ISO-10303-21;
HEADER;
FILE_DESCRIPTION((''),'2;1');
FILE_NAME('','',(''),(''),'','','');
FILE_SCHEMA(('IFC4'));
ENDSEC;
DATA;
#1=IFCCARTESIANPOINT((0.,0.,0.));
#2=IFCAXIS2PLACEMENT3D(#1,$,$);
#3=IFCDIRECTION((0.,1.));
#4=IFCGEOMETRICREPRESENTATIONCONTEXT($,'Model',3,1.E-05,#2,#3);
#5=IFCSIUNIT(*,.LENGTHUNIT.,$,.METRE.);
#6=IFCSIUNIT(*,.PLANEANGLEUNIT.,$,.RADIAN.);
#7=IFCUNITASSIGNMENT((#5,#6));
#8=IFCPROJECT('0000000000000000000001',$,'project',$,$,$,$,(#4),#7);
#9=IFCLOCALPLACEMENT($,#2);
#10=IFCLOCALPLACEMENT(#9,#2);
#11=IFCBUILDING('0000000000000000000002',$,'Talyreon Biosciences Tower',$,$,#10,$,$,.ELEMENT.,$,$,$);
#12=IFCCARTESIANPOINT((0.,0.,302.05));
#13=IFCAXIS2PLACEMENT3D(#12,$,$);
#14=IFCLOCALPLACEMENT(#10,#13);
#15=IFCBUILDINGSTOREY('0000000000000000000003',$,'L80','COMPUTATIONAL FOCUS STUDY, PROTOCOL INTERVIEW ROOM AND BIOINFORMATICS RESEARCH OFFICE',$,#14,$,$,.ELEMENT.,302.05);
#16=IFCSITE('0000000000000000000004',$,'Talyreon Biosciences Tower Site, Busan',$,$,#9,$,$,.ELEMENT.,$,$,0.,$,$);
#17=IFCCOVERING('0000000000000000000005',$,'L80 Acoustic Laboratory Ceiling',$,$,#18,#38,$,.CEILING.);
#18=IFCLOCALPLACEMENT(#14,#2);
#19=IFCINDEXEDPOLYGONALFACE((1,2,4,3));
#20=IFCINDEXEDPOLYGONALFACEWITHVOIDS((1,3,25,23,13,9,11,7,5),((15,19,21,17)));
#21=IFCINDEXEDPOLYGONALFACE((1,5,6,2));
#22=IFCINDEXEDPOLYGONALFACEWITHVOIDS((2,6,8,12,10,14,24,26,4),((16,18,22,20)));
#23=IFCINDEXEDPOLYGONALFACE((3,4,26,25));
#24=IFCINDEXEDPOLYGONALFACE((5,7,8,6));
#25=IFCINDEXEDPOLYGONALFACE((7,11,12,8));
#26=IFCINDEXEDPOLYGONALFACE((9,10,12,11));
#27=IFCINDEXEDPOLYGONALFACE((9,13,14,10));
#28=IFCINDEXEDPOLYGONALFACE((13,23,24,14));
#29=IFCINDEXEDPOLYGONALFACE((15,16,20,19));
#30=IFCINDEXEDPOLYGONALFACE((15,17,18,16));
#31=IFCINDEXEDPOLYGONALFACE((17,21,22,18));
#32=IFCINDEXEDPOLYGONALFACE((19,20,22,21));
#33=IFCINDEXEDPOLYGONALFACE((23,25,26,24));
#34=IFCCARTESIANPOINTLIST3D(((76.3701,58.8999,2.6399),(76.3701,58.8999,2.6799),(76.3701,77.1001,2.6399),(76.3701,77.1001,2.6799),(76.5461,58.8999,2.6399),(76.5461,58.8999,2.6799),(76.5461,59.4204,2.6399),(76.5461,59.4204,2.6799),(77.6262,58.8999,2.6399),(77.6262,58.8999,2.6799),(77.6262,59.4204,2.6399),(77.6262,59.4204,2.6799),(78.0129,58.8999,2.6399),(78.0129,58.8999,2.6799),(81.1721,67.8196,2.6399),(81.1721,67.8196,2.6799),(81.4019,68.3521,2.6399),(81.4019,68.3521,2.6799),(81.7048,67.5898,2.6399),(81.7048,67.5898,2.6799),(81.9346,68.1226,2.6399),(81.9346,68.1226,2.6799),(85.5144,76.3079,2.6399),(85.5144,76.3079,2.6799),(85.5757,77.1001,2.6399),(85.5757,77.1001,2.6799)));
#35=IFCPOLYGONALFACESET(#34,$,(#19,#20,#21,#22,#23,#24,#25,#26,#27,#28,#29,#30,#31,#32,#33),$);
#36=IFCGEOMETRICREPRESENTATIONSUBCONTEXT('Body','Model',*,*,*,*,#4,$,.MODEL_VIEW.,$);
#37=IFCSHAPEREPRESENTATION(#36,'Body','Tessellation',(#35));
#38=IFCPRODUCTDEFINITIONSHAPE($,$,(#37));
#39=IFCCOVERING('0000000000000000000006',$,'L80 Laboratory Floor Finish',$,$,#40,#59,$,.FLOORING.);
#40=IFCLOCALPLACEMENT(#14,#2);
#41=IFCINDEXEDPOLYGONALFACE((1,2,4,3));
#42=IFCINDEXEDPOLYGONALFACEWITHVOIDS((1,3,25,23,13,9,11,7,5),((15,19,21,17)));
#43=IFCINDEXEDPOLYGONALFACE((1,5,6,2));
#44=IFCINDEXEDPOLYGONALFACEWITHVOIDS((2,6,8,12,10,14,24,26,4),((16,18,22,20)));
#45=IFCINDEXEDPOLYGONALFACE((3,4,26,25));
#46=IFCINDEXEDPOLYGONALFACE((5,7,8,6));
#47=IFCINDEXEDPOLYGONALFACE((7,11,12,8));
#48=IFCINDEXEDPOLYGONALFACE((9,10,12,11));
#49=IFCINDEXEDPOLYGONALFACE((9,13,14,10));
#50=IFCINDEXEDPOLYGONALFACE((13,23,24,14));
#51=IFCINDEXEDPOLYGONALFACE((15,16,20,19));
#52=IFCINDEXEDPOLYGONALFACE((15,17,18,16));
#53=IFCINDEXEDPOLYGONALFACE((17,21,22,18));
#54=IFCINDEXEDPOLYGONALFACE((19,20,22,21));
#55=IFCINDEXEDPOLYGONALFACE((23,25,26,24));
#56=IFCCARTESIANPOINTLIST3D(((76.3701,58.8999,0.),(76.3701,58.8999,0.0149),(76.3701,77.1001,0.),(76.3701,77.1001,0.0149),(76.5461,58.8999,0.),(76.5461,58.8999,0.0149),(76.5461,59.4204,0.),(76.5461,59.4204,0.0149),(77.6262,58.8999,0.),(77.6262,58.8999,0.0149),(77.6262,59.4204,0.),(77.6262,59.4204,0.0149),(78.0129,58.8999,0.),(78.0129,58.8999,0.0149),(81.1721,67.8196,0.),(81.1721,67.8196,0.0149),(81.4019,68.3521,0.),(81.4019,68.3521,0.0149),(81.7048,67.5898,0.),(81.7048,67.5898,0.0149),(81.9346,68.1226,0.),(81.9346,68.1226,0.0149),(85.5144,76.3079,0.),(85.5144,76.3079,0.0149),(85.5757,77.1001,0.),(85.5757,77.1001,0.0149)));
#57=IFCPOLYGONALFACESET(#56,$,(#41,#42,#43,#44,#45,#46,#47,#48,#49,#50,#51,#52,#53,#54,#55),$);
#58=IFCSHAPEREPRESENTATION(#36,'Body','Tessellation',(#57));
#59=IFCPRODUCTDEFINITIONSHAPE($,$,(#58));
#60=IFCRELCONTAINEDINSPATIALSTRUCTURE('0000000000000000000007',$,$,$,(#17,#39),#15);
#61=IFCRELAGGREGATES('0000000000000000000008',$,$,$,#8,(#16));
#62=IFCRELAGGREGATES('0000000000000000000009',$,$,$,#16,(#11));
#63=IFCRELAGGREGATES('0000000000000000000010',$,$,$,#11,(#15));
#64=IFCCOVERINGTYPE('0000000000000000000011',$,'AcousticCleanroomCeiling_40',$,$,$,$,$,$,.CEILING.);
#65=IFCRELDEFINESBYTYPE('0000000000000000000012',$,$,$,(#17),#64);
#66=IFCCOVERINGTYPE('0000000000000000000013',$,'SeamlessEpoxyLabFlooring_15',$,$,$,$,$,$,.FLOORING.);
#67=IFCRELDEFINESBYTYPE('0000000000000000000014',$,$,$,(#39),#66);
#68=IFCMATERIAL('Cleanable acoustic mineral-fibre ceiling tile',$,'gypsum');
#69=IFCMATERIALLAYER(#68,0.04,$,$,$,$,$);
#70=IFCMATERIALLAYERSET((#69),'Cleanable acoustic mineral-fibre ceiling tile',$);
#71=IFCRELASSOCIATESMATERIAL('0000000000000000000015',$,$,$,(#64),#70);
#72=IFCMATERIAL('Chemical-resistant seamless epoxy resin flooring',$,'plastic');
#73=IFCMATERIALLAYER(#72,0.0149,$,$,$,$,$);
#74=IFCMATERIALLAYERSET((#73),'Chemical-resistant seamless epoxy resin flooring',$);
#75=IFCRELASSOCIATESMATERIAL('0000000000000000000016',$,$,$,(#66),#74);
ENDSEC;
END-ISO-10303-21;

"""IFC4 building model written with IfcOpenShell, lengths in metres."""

from ifc_helpers import new_model, si_unit, direction, frame, origin, place, context, subcontext, project, spatial, polyline, outline, extrude, material, layer, layer_set, type_object, element, save


model = new_model("IFC4")

# Units and contexts
model_context = context("Model", 3, precision=1e-05, world=origin(), true_north=direction((0.0, 1.0)))
body_context = subcontext(model_context, "Body", "Model", "MODEL_VIEW")
ifc_project = project(units=[si_unit("LENGTHUNIT", "METRE"), si_unit("PLANEANGLEUNIT", "RADIAN")], contexts=[model_context])

# Site, building, storey
site_placement = place(None, origin())
site = spatial("IfcSite", under=ifc_project, at=site_placement, Name="Talyreon Biosciences Tower Site, Busan", CompositionType="ELEMENT", RefElevation=0.0)
building_placement = place(site_placement, origin())
building = spatial("IfcBuilding", under=site, at=building_placement, Name="Talyreon Biosciences Tower", CompositionType="ELEMENT")
storey_placement = place(building_placement, frame((0.0, 0.0, 302.05)))
storey = spatial("IfcBuildingStorey", under=building, at=storey_placement, Name="L80", Description="COMPUTATIONAL FOCUS STUDY, PROTOCOL INTERVIEW ROOM AND BIOINFORMATICS RESEARCH OFFICE", CompositionType="ELEMENT", Elevation=302.05)

# Coverings
ifc_material_1 = material(Name="Cleanable acoustic mineral-fibre ceiling tile", Category="gypsum")
ifc_layer_1 = layer(ifc_material_1, 0.04)
ifc_layer_set_1 = layer_set([ifc_layer_1], Name="Cleanable acoustic mineral-fibre ceiling tile")
covering_type_1 = type_object("IfcCoveringType", Name="AcousticCleanroomCeiling_40", PredefinedType="CEILING", material=ifc_layer_set_1)
covering_1_placement = place(storey_placement, frame((0.0, 0.0, 2.6399)))
element("IfcCovering", 1, at=covering_1_placement, inside=storey, type_object=covering_type_1, Name="L80 Acoustic Laboratory Ceiling", PredefinedType="CEILING", context=body_context, shape_type="SweptSolid", body=[
    extrude(outline(polyline([(78.0129, 58.8999), (77.6262, 58.8999), (77.6262, 59.4204), (76.5461, 59.4204), (76.5461, 58.8999), (76.3701, 58.8999), (76.3701, 77.1001), (85.5757, 77.1001), (85.5144, 76.3079), (78.0129, 58.8999)]), holes=[polyline([(81.7048, 67.5898), (81.9346, 68.1226), (81.4019, 68.3521), (81.1721, 67.8196), (81.7048, 67.5898)])]), origin(), (0.0, 0.0, 1.0), 0.04),
])
ifc_material_2 = material(Name="Chemical-resistant seamless epoxy resin flooring", Category="plastic")
ifc_layer_2 = layer(ifc_material_2, 0.0149)
ifc_layer_set_2 = layer_set([ifc_layer_2], Name="Chemical-resistant seamless epoxy resin flooring")
covering_type_2 = type_object("IfcCoveringType", Name="SeamlessEpoxyLabFlooring_15", PredefinedType="FLOORING", material=ifc_layer_set_2)
covering_2_placement = place(storey_placement, origin())
element("IfcCovering", 2, at=covering_2_placement, inside=storey, type_object=covering_type_2, Name="L80 Laboratory Floor Finish", PredefinedType="FLOORING", context=body_context, shape_type="SweptSolid", body=[
    extrude(outline(polyline([(78.0129, 58.8999), (77.6262, 58.8999), (77.6262, 59.4204), (76.5461, 59.4204), (76.5461, 58.8999), (76.3701, 58.8999), (76.3701, 77.1001), (85.5757, 77.1001), (85.5144, 76.3079), (78.0129, 58.8999)]), holes=[polyline([(81.7048, 67.5898), (81.9346, 68.1226), (81.4019, 68.3521), (81.1721, 67.8196), (81.7048, 67.5898)])]), origin(), (0.0, 0.0, 1.0), 0.0149),
])

save(model, "model.ifc")
